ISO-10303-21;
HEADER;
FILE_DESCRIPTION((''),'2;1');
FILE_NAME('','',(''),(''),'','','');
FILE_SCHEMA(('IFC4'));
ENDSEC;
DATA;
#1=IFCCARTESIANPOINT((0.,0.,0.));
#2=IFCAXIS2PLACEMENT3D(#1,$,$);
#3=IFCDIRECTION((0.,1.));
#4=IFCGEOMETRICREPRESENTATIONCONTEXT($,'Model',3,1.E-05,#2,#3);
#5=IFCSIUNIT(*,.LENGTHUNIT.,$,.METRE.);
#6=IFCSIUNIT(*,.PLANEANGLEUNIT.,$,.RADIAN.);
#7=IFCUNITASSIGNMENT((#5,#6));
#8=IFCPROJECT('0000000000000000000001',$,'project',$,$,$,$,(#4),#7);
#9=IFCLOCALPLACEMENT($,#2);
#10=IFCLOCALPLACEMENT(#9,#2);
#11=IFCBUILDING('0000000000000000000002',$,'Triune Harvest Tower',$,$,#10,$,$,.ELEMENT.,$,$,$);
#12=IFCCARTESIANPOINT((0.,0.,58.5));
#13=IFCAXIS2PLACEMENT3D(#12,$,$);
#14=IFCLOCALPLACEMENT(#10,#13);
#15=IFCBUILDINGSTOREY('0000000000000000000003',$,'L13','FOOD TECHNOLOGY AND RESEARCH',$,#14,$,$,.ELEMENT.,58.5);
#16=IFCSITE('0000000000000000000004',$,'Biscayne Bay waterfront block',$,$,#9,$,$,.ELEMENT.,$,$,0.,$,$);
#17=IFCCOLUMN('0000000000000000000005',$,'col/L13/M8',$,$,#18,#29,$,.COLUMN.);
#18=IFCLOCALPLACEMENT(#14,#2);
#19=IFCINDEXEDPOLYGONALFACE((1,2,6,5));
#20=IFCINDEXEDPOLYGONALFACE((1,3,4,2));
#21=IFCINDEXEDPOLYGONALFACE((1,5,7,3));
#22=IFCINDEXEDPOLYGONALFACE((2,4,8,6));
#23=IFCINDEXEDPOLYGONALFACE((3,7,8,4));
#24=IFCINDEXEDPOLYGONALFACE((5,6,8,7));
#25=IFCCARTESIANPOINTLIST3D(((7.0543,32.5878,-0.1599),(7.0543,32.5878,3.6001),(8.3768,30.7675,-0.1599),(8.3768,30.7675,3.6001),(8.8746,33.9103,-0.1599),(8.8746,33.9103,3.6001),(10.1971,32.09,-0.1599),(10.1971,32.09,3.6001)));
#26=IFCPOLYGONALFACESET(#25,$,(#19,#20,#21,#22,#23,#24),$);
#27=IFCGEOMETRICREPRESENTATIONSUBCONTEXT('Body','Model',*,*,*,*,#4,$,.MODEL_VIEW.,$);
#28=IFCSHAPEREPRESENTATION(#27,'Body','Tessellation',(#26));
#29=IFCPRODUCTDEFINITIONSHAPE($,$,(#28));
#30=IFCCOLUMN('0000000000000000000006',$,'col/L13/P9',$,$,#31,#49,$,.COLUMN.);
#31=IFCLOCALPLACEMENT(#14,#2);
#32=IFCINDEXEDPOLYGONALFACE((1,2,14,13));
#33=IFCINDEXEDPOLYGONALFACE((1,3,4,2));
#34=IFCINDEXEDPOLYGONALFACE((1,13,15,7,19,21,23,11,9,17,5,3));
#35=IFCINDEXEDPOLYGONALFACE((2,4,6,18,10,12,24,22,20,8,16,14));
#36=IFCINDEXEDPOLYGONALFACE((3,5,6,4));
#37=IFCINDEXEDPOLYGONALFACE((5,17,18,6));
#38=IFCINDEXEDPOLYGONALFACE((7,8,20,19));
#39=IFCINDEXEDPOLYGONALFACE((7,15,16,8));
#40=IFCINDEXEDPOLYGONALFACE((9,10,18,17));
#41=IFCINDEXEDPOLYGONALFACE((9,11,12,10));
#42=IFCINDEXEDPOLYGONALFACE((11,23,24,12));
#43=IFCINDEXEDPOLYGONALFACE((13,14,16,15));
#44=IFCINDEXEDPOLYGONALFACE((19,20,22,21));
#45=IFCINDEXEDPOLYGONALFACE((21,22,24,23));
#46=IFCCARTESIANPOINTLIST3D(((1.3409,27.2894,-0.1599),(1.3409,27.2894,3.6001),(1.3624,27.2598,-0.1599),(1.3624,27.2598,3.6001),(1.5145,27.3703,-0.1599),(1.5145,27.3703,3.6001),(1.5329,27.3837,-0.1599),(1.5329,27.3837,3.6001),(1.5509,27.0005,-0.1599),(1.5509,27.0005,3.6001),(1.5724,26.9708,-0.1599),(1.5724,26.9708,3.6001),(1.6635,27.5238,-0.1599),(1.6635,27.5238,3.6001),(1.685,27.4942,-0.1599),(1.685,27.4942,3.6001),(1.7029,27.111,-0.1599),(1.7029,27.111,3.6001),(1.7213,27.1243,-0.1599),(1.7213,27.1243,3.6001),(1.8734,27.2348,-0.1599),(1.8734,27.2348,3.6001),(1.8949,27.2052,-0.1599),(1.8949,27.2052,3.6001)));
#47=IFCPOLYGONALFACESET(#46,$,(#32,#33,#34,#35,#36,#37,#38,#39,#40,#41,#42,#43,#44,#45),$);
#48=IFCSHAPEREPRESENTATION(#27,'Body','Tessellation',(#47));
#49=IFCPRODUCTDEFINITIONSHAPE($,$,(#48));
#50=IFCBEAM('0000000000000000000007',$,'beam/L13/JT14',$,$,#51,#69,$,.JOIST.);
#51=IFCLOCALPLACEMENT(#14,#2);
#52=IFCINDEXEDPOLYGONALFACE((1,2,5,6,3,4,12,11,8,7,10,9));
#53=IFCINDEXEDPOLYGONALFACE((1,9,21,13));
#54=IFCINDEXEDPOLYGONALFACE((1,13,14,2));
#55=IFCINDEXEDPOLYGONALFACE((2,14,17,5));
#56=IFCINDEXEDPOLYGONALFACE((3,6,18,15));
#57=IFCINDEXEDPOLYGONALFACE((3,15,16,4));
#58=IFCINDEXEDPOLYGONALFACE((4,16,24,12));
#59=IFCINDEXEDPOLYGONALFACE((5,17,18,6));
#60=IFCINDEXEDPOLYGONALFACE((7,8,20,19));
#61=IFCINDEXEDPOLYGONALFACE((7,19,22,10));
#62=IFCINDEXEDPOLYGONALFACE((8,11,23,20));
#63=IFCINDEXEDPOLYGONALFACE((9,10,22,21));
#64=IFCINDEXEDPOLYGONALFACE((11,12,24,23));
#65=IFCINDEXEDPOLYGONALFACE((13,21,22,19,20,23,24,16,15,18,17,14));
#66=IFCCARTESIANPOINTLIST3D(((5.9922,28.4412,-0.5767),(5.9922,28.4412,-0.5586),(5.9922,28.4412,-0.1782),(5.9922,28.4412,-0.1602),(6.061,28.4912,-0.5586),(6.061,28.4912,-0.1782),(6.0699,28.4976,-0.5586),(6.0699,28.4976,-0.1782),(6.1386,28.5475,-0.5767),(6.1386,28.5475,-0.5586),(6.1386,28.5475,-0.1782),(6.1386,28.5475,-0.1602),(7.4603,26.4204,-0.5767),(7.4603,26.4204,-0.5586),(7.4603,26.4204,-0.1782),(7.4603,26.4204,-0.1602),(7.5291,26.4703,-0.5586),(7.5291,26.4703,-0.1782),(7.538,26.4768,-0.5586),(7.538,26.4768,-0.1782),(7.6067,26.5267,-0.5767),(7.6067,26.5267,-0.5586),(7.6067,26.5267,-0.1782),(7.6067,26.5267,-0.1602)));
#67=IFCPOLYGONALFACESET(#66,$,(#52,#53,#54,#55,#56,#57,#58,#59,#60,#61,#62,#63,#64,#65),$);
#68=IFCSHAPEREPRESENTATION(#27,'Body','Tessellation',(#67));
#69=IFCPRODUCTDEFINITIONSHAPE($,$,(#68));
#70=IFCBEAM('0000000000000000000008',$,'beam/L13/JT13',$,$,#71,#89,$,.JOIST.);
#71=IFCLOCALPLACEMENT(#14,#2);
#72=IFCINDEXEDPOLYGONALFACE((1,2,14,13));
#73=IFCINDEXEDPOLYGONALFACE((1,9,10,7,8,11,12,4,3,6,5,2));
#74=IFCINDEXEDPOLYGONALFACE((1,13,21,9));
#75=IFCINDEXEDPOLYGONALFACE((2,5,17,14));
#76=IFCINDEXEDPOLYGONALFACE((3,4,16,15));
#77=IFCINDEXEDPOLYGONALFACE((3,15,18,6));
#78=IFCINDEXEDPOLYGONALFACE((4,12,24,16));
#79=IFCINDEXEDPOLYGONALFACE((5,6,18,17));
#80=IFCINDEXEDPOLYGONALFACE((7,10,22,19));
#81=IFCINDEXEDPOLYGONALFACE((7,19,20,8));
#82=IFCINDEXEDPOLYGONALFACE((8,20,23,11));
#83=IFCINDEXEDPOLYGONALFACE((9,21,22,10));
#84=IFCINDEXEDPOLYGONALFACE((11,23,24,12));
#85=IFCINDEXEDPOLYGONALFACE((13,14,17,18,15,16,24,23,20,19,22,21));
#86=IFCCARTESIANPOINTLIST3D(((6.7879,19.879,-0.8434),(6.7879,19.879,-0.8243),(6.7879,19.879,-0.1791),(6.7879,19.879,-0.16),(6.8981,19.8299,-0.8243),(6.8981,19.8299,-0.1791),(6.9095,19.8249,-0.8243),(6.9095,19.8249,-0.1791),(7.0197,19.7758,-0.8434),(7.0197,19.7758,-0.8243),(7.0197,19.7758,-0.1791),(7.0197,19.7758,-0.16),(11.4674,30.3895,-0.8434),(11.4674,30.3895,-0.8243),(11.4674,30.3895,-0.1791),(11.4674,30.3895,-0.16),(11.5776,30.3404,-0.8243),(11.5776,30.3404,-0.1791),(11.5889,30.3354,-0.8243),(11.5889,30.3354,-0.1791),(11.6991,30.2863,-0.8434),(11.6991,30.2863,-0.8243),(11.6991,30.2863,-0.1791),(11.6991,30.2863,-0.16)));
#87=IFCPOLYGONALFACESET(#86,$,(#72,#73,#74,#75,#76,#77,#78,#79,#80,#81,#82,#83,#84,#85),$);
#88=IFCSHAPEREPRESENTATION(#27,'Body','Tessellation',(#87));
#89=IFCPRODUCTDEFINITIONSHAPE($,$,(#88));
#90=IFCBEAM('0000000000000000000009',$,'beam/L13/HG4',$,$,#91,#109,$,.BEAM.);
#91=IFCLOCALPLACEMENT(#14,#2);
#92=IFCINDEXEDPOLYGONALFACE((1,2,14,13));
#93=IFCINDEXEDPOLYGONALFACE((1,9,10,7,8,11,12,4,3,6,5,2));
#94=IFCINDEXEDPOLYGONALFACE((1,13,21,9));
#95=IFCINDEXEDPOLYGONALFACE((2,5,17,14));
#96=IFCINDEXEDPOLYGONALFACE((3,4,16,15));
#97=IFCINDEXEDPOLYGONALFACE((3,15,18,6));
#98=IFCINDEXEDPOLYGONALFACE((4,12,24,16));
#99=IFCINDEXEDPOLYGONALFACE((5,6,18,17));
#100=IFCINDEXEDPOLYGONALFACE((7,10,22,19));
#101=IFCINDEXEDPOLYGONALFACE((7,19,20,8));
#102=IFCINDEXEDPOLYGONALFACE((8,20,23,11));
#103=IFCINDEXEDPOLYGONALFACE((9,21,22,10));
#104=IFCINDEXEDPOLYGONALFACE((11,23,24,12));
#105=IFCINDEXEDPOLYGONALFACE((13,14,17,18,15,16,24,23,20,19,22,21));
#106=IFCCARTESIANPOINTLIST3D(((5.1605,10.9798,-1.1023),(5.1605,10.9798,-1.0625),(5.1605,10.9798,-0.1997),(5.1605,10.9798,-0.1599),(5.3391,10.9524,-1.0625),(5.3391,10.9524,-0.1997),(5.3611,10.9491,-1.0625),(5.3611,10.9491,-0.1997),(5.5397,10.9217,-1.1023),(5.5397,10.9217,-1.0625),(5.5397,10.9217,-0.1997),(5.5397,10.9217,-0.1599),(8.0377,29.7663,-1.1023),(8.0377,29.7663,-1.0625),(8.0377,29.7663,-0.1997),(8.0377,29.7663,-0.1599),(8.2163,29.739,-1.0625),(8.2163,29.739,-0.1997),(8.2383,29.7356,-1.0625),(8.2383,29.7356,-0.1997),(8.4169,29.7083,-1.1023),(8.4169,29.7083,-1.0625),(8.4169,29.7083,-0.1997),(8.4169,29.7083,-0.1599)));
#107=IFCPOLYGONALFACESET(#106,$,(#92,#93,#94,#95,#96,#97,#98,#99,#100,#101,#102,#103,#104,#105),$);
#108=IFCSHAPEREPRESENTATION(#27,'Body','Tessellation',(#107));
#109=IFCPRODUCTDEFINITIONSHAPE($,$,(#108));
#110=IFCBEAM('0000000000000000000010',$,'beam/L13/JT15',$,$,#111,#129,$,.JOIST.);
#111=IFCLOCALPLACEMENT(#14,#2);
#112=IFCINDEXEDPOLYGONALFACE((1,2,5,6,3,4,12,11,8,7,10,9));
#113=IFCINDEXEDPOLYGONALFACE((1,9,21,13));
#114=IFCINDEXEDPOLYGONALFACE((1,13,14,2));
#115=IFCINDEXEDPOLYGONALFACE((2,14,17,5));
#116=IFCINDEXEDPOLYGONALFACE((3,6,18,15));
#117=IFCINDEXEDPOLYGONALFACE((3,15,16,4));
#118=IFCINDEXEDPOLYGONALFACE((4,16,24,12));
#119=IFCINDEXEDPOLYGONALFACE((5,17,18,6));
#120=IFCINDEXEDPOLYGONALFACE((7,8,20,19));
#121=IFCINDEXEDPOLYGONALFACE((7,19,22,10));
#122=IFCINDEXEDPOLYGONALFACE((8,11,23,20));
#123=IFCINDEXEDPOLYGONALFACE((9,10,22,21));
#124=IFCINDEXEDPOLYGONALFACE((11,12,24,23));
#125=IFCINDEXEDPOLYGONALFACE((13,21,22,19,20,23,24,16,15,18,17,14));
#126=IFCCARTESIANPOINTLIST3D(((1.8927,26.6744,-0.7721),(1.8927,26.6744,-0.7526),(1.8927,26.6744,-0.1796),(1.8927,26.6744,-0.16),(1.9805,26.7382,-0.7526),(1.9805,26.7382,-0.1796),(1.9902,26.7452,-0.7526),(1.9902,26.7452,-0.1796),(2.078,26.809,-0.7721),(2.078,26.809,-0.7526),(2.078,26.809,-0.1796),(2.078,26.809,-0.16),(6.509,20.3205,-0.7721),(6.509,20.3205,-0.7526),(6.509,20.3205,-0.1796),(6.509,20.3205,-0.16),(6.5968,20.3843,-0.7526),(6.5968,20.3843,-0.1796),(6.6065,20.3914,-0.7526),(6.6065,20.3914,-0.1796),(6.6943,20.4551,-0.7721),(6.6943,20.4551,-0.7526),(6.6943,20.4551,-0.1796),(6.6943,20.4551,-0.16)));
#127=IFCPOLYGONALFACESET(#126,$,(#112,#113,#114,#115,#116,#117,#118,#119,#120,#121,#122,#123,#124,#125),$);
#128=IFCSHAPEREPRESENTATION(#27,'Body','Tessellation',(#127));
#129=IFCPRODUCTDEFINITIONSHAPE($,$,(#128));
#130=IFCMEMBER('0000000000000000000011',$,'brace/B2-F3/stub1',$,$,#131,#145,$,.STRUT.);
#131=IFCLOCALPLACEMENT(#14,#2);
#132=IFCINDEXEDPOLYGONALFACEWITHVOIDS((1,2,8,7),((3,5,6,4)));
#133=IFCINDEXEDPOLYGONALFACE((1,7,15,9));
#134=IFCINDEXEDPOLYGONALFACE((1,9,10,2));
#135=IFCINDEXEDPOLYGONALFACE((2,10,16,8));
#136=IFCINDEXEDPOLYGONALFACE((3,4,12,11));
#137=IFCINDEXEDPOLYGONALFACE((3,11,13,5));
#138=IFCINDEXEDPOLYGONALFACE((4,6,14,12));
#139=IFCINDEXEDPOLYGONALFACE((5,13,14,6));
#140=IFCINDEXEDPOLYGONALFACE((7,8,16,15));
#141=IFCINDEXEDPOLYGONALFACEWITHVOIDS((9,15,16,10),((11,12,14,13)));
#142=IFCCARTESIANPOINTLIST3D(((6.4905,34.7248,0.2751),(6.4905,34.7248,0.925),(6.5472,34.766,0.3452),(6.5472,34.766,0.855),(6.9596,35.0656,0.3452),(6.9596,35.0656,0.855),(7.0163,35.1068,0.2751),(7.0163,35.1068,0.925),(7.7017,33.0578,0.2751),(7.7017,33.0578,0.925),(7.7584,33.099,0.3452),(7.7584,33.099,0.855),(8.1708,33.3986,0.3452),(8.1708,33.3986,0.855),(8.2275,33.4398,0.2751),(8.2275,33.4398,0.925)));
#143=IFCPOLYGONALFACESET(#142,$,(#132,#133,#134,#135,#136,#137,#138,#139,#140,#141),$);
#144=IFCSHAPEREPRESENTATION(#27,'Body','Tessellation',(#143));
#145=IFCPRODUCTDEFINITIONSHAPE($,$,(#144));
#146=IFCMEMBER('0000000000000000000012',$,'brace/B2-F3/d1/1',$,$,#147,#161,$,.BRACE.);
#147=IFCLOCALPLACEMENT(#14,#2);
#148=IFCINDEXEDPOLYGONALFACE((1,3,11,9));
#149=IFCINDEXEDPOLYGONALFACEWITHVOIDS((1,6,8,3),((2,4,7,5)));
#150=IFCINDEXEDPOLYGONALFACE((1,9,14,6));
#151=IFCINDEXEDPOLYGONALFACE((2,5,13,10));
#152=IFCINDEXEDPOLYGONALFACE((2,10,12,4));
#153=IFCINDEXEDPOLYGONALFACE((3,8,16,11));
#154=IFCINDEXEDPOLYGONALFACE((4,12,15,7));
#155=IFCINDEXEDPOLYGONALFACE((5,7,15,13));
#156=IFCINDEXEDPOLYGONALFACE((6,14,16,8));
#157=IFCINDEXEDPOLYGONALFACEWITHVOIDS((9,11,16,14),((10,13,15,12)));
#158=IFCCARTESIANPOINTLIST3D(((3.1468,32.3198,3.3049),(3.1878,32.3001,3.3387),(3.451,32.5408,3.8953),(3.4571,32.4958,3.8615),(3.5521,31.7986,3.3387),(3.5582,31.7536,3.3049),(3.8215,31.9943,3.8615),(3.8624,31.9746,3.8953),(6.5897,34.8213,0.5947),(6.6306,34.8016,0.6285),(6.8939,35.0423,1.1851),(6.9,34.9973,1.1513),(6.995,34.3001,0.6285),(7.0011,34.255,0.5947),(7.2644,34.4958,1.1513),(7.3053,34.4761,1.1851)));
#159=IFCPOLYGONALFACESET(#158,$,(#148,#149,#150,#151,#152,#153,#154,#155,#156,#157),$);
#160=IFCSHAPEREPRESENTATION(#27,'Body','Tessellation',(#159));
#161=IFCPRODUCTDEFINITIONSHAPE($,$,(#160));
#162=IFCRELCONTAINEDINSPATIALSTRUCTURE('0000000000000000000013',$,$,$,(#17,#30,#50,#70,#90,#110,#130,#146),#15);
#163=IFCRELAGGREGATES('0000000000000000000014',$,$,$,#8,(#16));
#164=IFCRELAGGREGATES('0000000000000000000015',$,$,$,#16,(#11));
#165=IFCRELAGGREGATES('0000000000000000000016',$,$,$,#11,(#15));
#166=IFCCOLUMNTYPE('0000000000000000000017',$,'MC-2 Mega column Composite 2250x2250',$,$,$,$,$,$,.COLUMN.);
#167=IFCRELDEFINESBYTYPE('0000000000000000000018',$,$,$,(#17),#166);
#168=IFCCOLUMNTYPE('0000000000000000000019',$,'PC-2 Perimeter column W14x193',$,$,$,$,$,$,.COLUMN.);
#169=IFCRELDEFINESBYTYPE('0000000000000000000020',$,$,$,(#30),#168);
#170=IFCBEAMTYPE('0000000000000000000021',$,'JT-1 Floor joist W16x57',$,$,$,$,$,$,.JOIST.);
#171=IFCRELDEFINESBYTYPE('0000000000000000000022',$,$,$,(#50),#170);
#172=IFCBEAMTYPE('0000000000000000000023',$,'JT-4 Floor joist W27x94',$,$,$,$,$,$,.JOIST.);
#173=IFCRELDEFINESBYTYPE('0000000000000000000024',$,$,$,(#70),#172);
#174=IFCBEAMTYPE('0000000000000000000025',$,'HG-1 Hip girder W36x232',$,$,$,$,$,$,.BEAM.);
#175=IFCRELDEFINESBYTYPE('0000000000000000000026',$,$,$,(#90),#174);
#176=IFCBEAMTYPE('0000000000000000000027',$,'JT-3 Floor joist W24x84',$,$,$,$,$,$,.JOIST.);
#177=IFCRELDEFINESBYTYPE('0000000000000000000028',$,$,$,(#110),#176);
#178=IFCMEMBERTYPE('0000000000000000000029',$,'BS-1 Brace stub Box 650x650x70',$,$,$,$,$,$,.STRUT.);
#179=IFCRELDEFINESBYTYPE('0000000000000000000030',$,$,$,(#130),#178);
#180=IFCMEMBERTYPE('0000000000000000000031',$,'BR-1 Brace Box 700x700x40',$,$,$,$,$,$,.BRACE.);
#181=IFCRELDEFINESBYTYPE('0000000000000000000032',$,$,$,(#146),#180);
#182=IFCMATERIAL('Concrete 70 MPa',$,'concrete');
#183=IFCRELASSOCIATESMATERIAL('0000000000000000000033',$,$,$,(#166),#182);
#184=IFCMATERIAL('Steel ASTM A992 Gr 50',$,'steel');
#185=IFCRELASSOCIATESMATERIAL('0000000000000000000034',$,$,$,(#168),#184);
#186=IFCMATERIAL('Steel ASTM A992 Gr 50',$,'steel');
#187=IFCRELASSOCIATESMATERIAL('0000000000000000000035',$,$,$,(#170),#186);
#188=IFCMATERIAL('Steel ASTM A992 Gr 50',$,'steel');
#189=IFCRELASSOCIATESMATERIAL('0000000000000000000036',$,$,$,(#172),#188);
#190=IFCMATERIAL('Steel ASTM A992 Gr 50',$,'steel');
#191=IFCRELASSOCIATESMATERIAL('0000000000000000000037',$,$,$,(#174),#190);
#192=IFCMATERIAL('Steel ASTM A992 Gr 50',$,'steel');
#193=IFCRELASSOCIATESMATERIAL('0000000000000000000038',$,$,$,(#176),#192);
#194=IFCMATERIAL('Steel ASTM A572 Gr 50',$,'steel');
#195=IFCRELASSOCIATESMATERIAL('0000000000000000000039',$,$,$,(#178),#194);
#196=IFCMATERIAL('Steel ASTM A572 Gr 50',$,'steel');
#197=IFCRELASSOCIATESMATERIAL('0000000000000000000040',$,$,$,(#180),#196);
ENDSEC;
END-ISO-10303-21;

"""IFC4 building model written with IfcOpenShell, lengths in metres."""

from ifc_helpers import new_model, si_unit, direction, frame, origin, origin_2d, place, context, subcontext, project, spatial, rectangle, hollow_rectangle, i_section, extrude, source, transform, mapped, material, material_profile, profile_set, type_object, element, save


model = new_model("IFC4")

# Units and contexts
model_context = context("Model", 3, precision=1e-05, world=origin(), true_north=direction((0.0, 1.0)))
body_context = subcontext(model_context, "Body", "Model", "MODEL_VIEW")
ifc_project = project(units=[si_unit("LENGTHUNIT", "METRE"), si_unit("PLANEANGLEUNIT", "RADIAN")], contexts=[model_context])

# Site, building, storey
site_placement = place(None, origin())
site = spatial("IfcSite", under=ifc_project, at=site_placement, Name="Biscayne Bay waterfront block", CompositionType="ELEMENT", RefElevation=0.0)
building_placement = place(site_placement, origin())
building = spatial("IfcBuilding", under=site, at=building_placement, Name="Triune Harvest Tower", CompositionType="ELEMENT")
storey_placement = place(building_placement, frame((0.0, 0.0, 58.5)))
storey = spatial("IfcBuildingStorey", under=building, at=storey_placement, Name="L13", Description="FOOD TECHNOLOGY AND RESEARCH", CompositionType="ELEMENT", Elevation=58.5)

# Columns
ifc_material_1 = material(Name="Concrete 70 MPa", Category="concrete")
ifc_material_profile_1 = material_profile(ifc_material_1, rectangle(XDim=2.25, YDim=2.25, at=origin_2d()), Name="Composite 2250x2250")
ifc_profile_set_1 = profile_set([ifc_material_profile_1], Name="Concrete 70 MPa")
column_type_1 = type_object("IfcColumnType", Name="MC-2 Mega column Composite 2250x2250", PredefinedType="COLUMN", material=ifc_profile_set_1)
shared_shape_1 = source(origin(), body_context, "Body", "SweptSolid", [
    extrude(rectangle(XDim=2.25, YDim=2.25, at=origin_2d()), origin(), (0.0, 0.0, 1.0), 3.76),
])
column_1_placement = place(storey_placement, frame((8.6257, 32.3389, -0.1599), z_axis=(0.0, 0.0, 1.0), x_axis=(-0.809017, -0.587785, 0.0)))
element("IfcColumn", 1, at=column_1_placement, inside=storey, type_object=column_type_1, Name="col/L13/M8", PredefinedType="COLUMN", context=body_context, shape_type="MappedRepresentation", body=[
    mapped(shared_shape_1, transform((0.0, 0.0, 0.0), scale=1.0)),
])
ifc_material_2 = material(Name="Steel ASTM A992 Gr 50", Category="steel")
ifc_material_profile_2 = material_profile(ifc_material_2, i_section(OverallWidth=0.3987, OverallDepth=0.3938, WebThickness=0.0227, FlangeThickness=0.0366, at=origin_2d()), Name="W14x193")
ifc_profile_set_2 = profile_set([ifc_material_profile_2], Name="Steel ASTM A992 Gr 50")
column_type_2 = type_object("IfcColumnType", Name="PC-2 Perimeter column W14x193", PredefinedType="COLUMN", material=ifc_profile_set_2)
shared_shape_2 = source(origin(), body_context, "Body", "SweptSolid", [
    extrude(i_section(OverallWidth=0.3987, OverallDepth=0.3938, WebThickness=0.0227, FlangeThickness=0.0366, at=origin_2d()), origin(), (0.0, 0.0, 1.0), 3.76),
])
column_2_placement = place(storey_placement, frame((1.6179, 27.2473, -0.1599), z_axis=(0.0, 0.0, 1.0), x_axis=(-0.809017, -0.587785, 0.0)))
element("IfcColumn", 2, at=column_2_placement, inside=storey, type_object=column_type_2, Name="col/L13/P9", PredefinedType="COLUMN", context=body_context, shape_type="MappedRepresentation", body=[
    mapped(shared_shape_2, transform((0.0, 0.0, 0.0), scale=1.0)),
])

# Beams
ifc_material_3 = material(Name="Steel ASTM A992 Gr 50", Category="steel")
ifc_material_profile_3 = material_profile(ifc_material_3, i_section(OverallWidth=0.1809, OverallDepth=0.4165, WebThickness=0.011, FlangeThickness=0.0181, at=origin_2d()), Name="W16x57")
ifc_profile_set_3 = profile_set([ifc_material_profile_3], Name="Steel ASTM A992 Gr 50")
beam_type_1 = type_object("IfcBeamType", Name="JT-1 Floor joist W16x57", PredefinedType="JOIST", material=ifc_profile_set_3)
beam_1_placement = place(storey_placement, frame((6.0654, 28.4944, -0.3684), z_axis=(0.587747, -0.809045, 0.0), x_axis=(0.809045, 0.587747, 0.0)))
element("IfcBeam", 3, at=beam_1_placement, inside=storey, type_object=beam_type_1, Name="beam/L13/JT14", PredefinedType="JOIST", context=body_context, shape_type="SweptSolid", body=[
    extrude(i_section(OverallWidth=0.1809, OverallDepth=0.4165, WebThickness=0.011, FlangeThickness=0.0181, at=origin_2d()), origin(), (0.0, 0.0, 1.0), 2.4978),
])
ifc_material_4 = material(Name="Steel ASTM A992 Gr 50", Category="steel")
ifc_material_profile_4 = material_profile(ifc_material_4, i_section(OverallWidth=0.2537, OverallDepth=0.6833, WebThickness=0.0125, FlangeThickness=0.019, at=origin_2d()), Name="W27x94")
ifc_profile_set_4 = profile_set([ifc_material_profile_4], Name="Steel ASTM A992 Gr 50")
beam_type_2 = type_object("IfcBeamType", Name="JT-4 Floor joist W27x94", PredefinedType="JOIST", material=ifc_profile_set_4)
beam_2_placement = place(storey_placement, frame((11.5833, 30.3379, -0.5017), z_axis=(-0.406727, -0.91355, 0.0), x_axis=(0.91355, -0.406727, 0.0)))
element("IfcBeam", 4, at=beam_2_placement, inside=storey, type_object=beam_type_2, Name="beam/L13/JT13", PredefinedType="JOIST", context=body_context, shape_type="SweptSolid", body=[
    extrude(i_section(OverallWidth=0.2537, OverallDepth=0.6833, WebThickness=0.0125, FlangeThickness=0.019, at=origin_2d()), origin(), (0.0, 0.0, 1.0), 11.5051),
])
ifc_material_5 = material(Name="Steel ASTM A992 Gr 50", Category="steel")
ifc_material_profile_5 = material_profile(ifc_material_5, i_section(OverallWidth=0.3835, OverallDepth=0.9424, WebThickness=0.0222, FlangeThickness=0.0398, at=origin_2d()), Name="W36x232")
ifc_profile_set_5 = profile_set([ifc_material_profile_5], Name="Steel ASTM A992 Gr 50")
beam_type_3 = type_object("IfcBeamType", Name="HG-1 Hip girder W36x232", PredefinedType="BEAM", material=ifc_profile_set_5)
shared_shape_3 = source(origin(), body_context, "Body", "SweptSolid", [
    extrude(i_section(OverallWidth=0.3835, OverallDepth=0.9424, WebThickness=0.0222, FlangeThickness=0.0398, at=origin_2d()), origin(), (0.0, 0.0, 1.0), 19.0056),
])
beam_3_placement = place(storey_placement, frame((8.2273, 29.7373, -0.6311), z_axis=(-0.151386, -0.988475, 0.0), x_axis=(0.988475, -0.151386, 0.0)))
element("IfcBeam", 5, at=beam_3_placement, inside=storey, type_object=beam_type_3, Name="beam/L13/HG4", PredefinedType="BEAM", context=body_context, shape_type="MappedRepresentation", body=[
    mapped(shared_shape_3, transform((0.0, 0.0, 0.0), scale=1.0)),
])
ifc_material_6 = material(Name="Steel ASTM A992 Gr 50", Category="steel")
ifc_material_profile_6 = material_profile(ifc_material_6, i_section(OverallWidth=0.229, OverallDepth=0.6121, WebThickness=0.012, FlangeThickness=0.0195, at=origin_2d()), Name="W24x84")
ifc_profile_set_6 = profile_set([ifc_material_profile_6], Name="Steel ASTM A992 Gr 50")
beam_type_4 = type_object("IfcBeamType", Name="JT-3 Floor joist W24x84", PredefinedType="JOIST", material=ifc_profile_set_6)
shared_shape_4 = source(origin(), body_context, "Body", "SweptSolid", [
    extrude(i_section(OverallWidth=0.229, OverallDepth=0.6121, WebThickness=0.012, FlangeThickness=0.0195, at=origin_2d()), origin(), (0.0, 0.0, 1.0), 7.8538),
])
beam_4_placement = place(storey_placement, frame((1.9854, 26.7417, -0.4661), z_axis=(0.58778, -0.809021, 0.0), x_axis=(0.809021, 0.58778, 0.0)))
element("IfcBeam", 6, at=beam_4_placement, inside=storey, type_object=beam_type_4, Name="beam/L13/JT15", PredefinedType="JOIST", context=body_context, shape_type="MappedRepresentation", body=[
    mapped(shared_shape_4, transform((0.0, 0.0, 0.0), scale=1.0)),
])

# Members
ifc_material_7 = material(Name="Steel ASTM A572 Gr 50", Category="steel")
ifc_material_profile_7 = material_profile(ifc_material_7, hollow_rectangle(XDim=0.6499, YDim=0.6499, WallThickness=0.0701, at=origin_2d()), Name="Box 650x650x70")
ifc_profile_set_7 = profile_set([ifc_material_profile_7], Name="Steel ASTM A572 Gr 50")
member_type_1 = type_object("IfcMemberType", Name="BS-1 Brace stub Box 650x650x70", PredefinedType="STRUT", material=ifc_profile_set_7)
shared_shape_5 = source(origin(), body_context, "Body", "SweptSolid", [
    extrude(hollow_rectangle(XDim=0.6499, YDim=0.6499, WallThickness=0.0701, at=origin_2d()), origin(), (0.0, 0.0, 1.0), 2.0605),
])
member_1_placement = place(storey_placement, frame((7.9646, 33.2488, 0.6001), z_axis=(-0.587798, 0.809008, 0.0), x_axis=(-0.809008, -0.587798, 0.0)))
element("IfcMember", 7, at=member_1_placement, inside=storey, type_object=member_type_1, Name="brace/B2-F3/stub1", PredefinedType="STRUT", context=body_context, shape_type="MappedRepresentation", body=[
    mapped(shared_shape_5, transform((0.0, 0.0, 0.0), scale=1.0)),
])
ifc_material_8 = material(Name="Steel ASTM A572 Gr 50", Category="steel")
ifc_material_profile_8 = material_profile(ifc_material_8, hollow_rectangle(XDim=0.7, YDim=0.7, WallThickness=0.04, at=origin_2d()), Name="Box 700x700x40")
ifc_profile_set_8 = profile_set([ifc_material_profile_8], Name="Steel ASTM A572 Gr 50")
member_type_2 = type_object("IfcMemberType", Name="BR-1 Brace Box 700x700x40", PredefinedType="BRACE", material=ifc_profile_set_8)
shared_shape_6 = source(origin(), body_context, "Body", "SweptSolid", [
    extrude(hollow_rectangle(XDim=0.7, YDim=0.7, WallThickness=0.04, at=origin_2d()), origin(), (0.0, 0.0, 1.0), 5.0454),
])
member_2_placement = place(storey_placement, frame((6.9475, 34.6487, 0.8899), z_axis=(-0.68238, -0.495793, 0.537165), x_axis=(0.587796, -0.809009, 0.0)))
element("IfcMember", 8, at=member_2_placement, inside=storey, type_object=member_type_2, Name="brace/B2-F3/d1/1", PredefinedType="BRACE", context=body_context, shape_type="MappedRepresentation", body=[
    mapped(shared_shape_6, transform((0.0, 0.0, 0.0), scale=1.0)),
])

save(model, "model.ifc")
